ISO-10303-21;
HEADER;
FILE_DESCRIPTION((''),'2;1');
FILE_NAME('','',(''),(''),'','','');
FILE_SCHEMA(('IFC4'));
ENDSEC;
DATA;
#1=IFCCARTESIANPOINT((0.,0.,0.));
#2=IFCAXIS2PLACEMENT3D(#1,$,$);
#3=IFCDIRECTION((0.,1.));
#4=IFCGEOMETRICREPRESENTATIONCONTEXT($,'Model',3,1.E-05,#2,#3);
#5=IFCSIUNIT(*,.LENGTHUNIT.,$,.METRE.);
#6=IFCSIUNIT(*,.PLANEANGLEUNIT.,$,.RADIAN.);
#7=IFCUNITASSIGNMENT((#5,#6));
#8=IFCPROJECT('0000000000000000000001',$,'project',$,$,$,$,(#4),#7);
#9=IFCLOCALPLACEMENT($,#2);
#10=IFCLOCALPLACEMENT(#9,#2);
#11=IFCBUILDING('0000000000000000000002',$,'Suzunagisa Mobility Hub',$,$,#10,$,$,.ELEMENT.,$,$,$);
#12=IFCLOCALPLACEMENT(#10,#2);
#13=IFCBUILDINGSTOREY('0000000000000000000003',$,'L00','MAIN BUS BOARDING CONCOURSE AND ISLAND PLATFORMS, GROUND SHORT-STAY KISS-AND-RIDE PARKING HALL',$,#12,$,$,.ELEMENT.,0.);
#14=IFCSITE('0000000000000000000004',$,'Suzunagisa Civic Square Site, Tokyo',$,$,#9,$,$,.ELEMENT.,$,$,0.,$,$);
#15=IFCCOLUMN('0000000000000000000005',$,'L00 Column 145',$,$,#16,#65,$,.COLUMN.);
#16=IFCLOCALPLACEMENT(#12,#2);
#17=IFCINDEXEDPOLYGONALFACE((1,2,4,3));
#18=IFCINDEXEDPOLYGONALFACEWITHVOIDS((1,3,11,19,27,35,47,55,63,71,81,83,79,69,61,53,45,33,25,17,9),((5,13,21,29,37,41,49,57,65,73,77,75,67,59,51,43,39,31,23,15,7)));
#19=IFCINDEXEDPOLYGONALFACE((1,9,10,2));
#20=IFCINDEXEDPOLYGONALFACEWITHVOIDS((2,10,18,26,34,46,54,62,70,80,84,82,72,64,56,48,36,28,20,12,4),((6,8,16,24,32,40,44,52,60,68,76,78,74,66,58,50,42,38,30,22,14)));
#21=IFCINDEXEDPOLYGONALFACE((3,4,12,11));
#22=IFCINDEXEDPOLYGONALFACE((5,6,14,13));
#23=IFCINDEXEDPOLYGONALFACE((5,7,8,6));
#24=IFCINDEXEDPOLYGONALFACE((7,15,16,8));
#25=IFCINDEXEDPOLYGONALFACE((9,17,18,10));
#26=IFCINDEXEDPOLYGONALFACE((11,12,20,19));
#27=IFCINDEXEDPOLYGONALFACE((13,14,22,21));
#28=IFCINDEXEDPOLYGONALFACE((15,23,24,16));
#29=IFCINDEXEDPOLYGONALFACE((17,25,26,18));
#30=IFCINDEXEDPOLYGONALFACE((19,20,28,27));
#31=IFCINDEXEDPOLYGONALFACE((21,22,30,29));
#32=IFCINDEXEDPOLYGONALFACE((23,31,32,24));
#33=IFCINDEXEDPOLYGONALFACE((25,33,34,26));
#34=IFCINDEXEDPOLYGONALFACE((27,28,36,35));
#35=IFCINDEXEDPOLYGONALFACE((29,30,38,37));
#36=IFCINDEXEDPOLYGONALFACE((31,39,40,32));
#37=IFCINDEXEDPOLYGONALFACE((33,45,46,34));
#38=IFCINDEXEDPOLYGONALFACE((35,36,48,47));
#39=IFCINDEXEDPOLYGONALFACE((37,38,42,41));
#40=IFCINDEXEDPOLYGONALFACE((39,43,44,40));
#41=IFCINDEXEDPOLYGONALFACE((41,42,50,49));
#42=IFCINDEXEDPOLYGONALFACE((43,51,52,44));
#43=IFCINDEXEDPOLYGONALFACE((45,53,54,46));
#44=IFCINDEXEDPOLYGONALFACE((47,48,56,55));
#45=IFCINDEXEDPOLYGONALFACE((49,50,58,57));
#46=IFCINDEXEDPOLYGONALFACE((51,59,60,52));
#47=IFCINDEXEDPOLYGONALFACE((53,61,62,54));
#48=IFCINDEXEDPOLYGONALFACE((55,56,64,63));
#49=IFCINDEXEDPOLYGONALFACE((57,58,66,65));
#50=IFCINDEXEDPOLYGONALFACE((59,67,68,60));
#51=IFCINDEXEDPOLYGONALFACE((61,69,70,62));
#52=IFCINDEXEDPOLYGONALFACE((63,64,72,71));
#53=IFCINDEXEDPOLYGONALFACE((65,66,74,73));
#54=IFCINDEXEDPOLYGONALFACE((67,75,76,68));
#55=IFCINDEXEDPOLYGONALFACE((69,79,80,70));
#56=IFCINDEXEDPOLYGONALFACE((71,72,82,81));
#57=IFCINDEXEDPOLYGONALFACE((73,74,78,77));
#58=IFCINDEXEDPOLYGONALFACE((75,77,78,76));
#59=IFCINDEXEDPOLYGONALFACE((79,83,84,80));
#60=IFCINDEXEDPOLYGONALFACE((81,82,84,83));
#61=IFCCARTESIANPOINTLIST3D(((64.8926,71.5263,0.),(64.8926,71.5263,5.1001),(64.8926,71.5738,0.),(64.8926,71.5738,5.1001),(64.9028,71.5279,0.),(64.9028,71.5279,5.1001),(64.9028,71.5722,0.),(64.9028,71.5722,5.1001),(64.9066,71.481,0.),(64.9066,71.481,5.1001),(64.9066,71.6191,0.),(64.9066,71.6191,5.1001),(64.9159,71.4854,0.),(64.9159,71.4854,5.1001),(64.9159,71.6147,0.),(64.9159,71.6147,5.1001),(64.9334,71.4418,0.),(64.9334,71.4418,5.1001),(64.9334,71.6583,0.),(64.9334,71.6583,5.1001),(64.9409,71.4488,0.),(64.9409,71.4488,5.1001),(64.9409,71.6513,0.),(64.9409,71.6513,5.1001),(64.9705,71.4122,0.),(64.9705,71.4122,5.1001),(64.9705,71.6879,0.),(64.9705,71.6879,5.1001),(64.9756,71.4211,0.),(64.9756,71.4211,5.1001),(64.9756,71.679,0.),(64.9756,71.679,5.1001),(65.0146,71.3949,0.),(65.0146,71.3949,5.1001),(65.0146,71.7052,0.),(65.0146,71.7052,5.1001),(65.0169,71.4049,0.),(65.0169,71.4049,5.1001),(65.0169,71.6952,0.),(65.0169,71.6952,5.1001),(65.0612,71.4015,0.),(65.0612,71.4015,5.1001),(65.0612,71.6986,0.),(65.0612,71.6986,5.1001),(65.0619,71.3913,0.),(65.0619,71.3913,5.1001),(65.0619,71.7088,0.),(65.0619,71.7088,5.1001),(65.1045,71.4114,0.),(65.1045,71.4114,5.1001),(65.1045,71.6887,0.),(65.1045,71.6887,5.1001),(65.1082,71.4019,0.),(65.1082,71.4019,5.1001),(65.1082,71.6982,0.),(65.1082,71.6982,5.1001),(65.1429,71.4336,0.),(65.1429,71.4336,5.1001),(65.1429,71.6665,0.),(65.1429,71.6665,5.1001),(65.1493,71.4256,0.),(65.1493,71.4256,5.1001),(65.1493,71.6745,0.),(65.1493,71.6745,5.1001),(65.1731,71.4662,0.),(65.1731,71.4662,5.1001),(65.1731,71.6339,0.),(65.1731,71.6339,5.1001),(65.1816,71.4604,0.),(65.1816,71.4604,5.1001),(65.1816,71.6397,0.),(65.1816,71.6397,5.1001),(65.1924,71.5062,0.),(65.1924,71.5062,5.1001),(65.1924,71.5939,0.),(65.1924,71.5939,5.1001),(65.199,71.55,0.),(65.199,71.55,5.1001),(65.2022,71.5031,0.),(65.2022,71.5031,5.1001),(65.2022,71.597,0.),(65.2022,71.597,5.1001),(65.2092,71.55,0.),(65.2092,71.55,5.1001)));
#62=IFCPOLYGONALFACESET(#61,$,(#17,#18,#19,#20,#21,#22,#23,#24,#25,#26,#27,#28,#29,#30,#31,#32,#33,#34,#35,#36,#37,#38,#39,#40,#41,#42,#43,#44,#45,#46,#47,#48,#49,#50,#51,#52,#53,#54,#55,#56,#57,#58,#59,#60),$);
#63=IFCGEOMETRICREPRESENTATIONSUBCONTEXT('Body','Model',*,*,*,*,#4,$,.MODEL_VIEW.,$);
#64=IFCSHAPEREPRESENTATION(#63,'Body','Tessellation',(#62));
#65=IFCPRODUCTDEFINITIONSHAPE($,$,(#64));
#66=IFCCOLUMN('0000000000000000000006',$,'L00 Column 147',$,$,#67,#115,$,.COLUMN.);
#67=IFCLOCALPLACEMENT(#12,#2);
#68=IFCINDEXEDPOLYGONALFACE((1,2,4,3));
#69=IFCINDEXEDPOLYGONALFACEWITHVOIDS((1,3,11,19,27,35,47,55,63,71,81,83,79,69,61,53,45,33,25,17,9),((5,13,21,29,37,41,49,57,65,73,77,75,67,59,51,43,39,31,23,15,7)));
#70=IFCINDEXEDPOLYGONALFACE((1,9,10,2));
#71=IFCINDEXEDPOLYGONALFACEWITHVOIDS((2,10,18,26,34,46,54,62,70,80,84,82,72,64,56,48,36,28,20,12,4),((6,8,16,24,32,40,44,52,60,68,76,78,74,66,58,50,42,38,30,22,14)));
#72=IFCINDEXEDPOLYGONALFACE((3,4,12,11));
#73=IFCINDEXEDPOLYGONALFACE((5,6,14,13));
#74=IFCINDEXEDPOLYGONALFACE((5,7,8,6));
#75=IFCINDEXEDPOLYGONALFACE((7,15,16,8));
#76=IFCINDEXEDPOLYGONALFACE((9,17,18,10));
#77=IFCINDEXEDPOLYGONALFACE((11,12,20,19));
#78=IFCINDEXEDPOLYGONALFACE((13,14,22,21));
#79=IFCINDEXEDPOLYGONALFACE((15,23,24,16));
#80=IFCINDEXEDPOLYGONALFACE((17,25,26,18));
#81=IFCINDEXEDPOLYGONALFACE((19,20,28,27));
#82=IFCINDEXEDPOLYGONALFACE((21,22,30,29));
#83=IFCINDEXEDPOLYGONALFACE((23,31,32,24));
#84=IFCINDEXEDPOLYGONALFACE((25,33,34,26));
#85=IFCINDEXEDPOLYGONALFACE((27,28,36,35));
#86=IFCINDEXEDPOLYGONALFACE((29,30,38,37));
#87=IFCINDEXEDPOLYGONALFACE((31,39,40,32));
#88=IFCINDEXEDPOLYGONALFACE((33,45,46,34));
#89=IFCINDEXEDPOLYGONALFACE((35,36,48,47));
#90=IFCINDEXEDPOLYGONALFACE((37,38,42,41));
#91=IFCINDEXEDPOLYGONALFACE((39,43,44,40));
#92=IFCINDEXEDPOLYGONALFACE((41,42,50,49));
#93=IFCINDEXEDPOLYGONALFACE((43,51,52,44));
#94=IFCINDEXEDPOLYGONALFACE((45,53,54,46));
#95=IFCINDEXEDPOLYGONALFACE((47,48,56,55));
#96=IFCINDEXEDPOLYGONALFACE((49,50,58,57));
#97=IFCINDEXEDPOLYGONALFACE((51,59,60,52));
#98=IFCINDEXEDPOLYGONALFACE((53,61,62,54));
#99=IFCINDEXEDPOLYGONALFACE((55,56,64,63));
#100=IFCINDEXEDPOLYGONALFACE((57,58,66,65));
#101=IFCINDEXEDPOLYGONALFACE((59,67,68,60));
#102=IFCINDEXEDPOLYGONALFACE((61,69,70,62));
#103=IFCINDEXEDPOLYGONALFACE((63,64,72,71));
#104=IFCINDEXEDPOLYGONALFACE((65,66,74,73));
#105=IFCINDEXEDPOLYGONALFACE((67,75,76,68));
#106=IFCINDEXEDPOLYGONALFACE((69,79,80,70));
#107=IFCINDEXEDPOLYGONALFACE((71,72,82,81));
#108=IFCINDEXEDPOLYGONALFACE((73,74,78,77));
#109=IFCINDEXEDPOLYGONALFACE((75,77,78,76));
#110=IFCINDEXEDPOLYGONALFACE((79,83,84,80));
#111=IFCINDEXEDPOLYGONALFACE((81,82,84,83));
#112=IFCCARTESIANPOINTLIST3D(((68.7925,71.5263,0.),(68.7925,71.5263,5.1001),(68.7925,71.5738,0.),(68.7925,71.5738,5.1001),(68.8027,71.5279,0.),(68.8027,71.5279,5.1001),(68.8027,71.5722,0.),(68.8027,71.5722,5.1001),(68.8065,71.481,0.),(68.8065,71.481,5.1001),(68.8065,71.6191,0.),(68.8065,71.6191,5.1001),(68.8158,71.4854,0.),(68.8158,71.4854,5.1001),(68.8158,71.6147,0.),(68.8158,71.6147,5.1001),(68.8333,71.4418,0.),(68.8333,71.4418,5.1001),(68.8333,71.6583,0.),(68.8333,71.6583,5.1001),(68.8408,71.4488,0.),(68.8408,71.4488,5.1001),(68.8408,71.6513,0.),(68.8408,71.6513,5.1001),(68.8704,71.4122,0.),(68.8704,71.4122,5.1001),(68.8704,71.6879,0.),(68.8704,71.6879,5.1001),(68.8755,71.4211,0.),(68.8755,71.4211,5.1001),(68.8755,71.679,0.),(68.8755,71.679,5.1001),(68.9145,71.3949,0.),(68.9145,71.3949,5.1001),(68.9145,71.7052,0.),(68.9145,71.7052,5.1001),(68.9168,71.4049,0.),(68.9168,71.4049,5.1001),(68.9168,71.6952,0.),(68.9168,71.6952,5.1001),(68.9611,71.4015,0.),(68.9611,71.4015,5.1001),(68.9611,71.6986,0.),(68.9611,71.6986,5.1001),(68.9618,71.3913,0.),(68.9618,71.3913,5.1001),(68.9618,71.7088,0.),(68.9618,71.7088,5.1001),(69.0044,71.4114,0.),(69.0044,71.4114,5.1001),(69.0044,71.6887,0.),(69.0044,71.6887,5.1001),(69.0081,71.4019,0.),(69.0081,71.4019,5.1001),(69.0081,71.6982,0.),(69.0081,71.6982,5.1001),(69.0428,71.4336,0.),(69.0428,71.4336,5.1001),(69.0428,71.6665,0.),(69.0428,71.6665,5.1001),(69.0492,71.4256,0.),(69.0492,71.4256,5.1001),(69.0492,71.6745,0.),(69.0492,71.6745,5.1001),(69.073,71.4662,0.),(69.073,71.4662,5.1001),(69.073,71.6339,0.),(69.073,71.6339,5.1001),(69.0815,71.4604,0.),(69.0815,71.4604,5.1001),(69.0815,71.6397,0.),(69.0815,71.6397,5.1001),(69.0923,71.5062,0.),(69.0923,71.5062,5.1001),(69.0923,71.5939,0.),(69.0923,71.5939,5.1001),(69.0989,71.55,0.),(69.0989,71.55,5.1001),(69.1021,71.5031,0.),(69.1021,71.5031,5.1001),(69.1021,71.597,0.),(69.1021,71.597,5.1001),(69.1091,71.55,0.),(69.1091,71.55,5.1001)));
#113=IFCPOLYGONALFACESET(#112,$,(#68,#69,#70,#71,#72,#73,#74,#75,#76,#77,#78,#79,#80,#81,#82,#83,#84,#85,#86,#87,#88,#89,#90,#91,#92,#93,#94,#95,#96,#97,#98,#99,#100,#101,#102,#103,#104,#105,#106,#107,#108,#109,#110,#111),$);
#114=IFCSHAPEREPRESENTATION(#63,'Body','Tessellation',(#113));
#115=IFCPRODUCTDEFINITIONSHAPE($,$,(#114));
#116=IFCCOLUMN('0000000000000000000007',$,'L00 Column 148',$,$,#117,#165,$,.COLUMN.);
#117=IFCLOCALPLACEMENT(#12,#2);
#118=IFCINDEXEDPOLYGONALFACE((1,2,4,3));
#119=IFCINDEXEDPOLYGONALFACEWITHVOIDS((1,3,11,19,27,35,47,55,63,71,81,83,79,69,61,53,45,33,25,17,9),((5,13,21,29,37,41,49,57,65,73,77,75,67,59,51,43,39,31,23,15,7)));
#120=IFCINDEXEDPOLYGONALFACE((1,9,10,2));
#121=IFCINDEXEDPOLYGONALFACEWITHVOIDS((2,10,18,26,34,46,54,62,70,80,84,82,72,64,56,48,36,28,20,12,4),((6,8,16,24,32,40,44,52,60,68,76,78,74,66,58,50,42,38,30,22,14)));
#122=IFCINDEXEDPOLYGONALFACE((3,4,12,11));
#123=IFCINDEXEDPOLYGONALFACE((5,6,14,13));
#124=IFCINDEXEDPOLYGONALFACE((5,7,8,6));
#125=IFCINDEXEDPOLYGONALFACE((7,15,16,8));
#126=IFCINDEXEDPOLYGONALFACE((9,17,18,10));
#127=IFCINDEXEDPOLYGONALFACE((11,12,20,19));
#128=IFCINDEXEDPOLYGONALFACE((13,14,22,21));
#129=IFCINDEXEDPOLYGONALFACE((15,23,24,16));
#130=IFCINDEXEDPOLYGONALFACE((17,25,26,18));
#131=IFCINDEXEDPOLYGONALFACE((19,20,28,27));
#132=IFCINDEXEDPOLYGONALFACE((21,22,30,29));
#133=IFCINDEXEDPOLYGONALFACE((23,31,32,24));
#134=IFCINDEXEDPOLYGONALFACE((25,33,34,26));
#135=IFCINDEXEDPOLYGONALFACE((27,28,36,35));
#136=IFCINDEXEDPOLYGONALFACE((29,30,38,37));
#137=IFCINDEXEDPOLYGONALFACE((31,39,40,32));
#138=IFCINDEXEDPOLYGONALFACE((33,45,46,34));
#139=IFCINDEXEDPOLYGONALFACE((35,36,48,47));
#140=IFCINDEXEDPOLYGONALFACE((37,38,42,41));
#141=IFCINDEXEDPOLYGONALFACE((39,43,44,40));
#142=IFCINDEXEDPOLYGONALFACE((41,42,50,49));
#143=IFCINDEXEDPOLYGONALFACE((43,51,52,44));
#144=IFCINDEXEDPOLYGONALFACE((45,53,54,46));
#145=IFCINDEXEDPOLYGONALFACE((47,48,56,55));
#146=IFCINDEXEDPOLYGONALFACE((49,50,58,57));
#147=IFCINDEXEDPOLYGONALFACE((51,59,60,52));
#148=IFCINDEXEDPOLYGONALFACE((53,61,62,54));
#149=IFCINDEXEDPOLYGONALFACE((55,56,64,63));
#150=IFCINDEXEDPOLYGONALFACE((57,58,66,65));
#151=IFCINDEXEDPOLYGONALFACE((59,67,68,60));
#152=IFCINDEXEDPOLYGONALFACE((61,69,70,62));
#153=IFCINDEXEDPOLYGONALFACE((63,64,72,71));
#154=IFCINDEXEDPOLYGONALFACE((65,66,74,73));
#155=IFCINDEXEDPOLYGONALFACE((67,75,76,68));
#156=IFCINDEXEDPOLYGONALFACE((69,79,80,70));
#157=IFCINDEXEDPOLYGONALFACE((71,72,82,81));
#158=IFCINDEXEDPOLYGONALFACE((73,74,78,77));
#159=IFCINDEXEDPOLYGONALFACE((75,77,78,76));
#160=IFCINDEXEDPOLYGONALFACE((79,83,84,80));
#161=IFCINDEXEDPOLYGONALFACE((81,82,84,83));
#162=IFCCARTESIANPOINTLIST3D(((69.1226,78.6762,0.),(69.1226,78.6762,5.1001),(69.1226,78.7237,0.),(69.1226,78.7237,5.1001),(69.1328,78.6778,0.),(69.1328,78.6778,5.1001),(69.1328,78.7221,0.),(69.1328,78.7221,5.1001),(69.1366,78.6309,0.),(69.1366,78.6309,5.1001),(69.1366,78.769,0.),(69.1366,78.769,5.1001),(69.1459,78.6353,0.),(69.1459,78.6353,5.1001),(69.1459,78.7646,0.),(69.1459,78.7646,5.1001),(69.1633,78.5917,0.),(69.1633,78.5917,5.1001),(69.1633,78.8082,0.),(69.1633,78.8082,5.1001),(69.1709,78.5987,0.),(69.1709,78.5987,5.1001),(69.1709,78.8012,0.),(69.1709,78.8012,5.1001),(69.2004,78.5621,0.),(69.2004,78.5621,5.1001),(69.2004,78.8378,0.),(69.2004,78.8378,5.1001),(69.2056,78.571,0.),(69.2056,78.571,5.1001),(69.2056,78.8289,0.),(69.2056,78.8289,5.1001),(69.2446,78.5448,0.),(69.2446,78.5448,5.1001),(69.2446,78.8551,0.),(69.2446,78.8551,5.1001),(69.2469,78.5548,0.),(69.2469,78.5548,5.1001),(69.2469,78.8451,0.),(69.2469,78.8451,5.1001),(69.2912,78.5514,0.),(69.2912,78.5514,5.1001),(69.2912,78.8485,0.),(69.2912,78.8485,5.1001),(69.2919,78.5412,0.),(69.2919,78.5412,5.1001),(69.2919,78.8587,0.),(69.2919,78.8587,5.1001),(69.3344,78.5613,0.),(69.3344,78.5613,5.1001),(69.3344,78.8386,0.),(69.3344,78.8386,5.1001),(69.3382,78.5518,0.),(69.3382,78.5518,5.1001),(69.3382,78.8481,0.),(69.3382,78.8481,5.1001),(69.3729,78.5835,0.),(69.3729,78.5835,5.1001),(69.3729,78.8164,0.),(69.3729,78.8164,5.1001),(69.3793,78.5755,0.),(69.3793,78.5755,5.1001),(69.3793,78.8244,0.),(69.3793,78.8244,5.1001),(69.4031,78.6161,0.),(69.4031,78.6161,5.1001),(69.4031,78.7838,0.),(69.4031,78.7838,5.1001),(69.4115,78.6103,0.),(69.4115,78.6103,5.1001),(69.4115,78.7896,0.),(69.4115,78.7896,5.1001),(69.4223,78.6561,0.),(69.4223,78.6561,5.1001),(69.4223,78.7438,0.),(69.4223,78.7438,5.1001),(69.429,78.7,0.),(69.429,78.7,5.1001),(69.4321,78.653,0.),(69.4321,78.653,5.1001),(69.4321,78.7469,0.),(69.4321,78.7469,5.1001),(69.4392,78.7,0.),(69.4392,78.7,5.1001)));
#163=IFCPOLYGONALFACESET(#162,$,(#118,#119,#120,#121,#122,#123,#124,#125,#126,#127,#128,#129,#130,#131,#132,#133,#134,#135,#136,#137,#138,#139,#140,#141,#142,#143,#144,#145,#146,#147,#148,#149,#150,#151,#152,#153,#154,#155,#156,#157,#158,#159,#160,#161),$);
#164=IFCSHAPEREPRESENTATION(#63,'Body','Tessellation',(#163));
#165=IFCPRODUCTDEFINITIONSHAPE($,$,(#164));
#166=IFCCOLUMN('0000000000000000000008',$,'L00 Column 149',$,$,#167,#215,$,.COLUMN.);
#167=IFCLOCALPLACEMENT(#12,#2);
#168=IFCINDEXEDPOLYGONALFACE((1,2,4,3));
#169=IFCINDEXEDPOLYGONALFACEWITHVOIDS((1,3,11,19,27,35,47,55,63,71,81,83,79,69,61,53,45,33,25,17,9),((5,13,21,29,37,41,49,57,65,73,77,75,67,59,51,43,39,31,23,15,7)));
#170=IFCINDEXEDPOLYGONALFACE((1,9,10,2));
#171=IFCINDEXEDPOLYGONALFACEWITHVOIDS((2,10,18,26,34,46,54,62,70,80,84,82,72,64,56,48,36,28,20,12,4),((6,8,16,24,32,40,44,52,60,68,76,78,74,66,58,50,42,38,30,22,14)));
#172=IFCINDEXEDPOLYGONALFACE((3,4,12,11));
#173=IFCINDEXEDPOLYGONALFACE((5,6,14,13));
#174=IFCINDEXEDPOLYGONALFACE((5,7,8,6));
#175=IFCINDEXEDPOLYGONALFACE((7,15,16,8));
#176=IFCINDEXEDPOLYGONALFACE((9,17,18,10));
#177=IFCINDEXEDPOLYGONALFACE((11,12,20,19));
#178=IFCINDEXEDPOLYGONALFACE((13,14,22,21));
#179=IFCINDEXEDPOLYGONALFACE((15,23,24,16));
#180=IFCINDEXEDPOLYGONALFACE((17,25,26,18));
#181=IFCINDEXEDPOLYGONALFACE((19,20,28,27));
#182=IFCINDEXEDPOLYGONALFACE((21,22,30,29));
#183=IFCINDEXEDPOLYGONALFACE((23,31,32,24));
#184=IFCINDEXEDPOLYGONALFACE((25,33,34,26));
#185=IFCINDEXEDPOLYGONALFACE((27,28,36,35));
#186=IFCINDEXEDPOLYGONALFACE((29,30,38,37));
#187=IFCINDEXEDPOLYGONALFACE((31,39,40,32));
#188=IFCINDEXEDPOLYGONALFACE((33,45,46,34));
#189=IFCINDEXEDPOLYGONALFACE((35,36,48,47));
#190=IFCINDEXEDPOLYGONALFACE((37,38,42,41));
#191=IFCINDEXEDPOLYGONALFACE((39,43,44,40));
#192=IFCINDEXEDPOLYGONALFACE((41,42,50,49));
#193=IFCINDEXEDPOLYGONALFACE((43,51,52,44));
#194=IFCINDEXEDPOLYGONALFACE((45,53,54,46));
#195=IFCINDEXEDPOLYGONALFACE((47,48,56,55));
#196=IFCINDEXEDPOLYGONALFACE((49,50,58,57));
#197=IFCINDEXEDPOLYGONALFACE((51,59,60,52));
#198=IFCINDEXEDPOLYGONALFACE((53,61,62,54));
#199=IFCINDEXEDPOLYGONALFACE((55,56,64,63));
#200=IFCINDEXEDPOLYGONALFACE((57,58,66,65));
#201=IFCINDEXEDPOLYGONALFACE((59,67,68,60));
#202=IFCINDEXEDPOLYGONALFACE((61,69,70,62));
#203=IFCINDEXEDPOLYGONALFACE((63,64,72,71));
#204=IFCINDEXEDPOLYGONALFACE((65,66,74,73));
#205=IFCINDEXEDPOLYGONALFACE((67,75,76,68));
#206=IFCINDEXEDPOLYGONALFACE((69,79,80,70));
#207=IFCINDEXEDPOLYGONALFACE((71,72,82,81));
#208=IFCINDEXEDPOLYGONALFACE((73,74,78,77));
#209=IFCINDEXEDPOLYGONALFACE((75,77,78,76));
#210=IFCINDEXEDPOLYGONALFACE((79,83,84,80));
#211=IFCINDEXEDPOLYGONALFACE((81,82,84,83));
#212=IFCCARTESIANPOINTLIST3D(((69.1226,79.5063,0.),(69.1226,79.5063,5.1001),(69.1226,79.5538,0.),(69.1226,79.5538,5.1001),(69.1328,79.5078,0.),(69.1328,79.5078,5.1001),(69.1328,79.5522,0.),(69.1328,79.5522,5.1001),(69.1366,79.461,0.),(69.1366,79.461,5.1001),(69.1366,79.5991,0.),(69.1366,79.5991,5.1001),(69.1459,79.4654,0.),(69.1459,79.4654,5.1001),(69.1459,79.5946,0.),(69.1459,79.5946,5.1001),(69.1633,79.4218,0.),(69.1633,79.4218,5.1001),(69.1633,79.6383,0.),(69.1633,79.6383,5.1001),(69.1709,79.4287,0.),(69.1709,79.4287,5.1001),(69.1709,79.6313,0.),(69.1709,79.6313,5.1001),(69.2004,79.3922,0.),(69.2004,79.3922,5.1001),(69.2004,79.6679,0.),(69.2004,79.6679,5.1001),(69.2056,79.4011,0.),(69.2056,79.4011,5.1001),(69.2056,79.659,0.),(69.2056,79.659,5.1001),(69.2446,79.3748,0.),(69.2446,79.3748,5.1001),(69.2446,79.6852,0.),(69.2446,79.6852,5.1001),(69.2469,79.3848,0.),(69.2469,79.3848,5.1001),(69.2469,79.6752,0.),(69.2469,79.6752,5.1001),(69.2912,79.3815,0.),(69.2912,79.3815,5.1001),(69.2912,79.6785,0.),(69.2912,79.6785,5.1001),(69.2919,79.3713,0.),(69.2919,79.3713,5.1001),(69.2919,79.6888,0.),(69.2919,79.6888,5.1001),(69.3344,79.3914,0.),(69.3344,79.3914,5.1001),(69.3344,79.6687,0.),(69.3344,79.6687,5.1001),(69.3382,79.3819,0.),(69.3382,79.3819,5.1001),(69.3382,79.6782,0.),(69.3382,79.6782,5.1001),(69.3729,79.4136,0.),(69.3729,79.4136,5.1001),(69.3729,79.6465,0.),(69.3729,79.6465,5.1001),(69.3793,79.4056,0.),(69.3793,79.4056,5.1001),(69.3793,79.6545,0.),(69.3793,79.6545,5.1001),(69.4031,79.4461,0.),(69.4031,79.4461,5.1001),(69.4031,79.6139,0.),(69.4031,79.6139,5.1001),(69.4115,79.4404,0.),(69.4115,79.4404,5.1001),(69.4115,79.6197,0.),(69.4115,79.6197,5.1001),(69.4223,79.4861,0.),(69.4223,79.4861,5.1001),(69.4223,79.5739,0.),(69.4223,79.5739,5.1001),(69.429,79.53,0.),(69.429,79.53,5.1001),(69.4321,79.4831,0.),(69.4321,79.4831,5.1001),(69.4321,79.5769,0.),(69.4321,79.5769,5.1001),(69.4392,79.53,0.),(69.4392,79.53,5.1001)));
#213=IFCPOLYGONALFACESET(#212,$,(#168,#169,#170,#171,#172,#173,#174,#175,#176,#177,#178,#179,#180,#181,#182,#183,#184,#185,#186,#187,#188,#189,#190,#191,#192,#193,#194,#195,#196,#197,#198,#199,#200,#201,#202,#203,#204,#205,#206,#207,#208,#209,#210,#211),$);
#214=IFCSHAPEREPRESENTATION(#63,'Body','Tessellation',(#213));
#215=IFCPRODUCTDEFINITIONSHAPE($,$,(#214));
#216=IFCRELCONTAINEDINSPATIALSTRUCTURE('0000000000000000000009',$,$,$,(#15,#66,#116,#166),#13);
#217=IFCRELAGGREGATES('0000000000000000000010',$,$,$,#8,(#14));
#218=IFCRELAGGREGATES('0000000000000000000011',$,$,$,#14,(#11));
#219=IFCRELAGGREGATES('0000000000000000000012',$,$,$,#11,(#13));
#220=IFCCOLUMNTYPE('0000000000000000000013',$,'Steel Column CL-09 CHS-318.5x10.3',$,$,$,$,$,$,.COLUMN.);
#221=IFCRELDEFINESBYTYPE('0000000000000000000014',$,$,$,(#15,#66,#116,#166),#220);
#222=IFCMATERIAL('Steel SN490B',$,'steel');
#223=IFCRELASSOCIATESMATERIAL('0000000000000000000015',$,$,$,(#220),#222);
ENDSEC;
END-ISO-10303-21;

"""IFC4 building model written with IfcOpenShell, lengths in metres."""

from ifc_helpers import new_model, si_unit, direction, frame, origin, origin_2d, place, context, subcontext, project, spatial, hollow_circle, extrude, material, material_profile, profile_set, type_object, element, save


model = new_model("IFC4")

# Units and contexts
model_context = context("Model", 3, precision=1e-05, world=origin(), true_north=direction((0.0, 1.0)))
body_context = subcontext(model_context, "Body", "Model", "MODEL_VIEW")
ifc_project = project(units=[si_unit("LENGTHUNIT", "METRE"), si_unit("PLANEANGLEUNIT", "RADIAN")], contexts=[model_context])

# Site, building, storey
site_placement = place(None, origin())
site = spatial("IfcSite", under=ifc_project, at=site_placement, Name="Suzunagisa Civic Square Site, Tokyo", CompositionType="ELEMENT", RefElevation=0.0)
building_placement = place(site_placement, origin())
building = spatial("IfcBuilding", under=site, at=building_placement, Name="Suzunagisa Mobility Hub", CompositionType="ELEMENT")
storey_placement = place(building_placement, origin())
storey = spatial("IfcBuildingStorey", under=building, at=storey_placement, Name="L00", Description="MAIN BUS BOARDING CONCOURSE AND ISLAND PLATFORMS, GROUND SHORT-STAY KISS-AND-RIDE PARKING HALL", CompositionType="ELEMENT", Elevation=0.0)

# Columns
ifc_material_1 = material(Name="Steel SN490B", Category="steel")
ifc_material_profile_1 = material_profile(ifc_material_1, hollow_circle(Radius=0.1592, WallThickness=0.0103, at=origin_2d()), Name="CHS-318.5x10.3")
ifc_profile_set_1 = profile_set([ifc_material_profile_1], Name="Steel SN490B")
column_type = type_object("IfcColumnType", Name="Steel Column CL-09 CHS-318.5x10.3", PredefinedType="COLUMN", material=ifc_profile_set_1)
for number, where, z_axis, x_axis, name in (
    (1, (65.05, 71.55, 0.0), (0.0, 0.0, 1.0), (1.0, 0.0, 0.0), "L00 Column 145"),
    (2, (68.95, 71.55, 0.0), (0.0, 0.0, 1.0), (1.0, 0.0, 0.0), "L00 Column 147"),
    (3, (69.28, 78.7, 0.0), (0.0, 0.0, 1.0), (1.0, 0.0, 0.0), "L00 Column 148"),
    (4, (69.28, 79.53, 0.0), (0.0, 0.0, 1.0), (1.0, 0.0, 0.0), "L00 Column 149"),
):
    element("IfcColumn", number, at=place(storey_placement, frame(where, z_axis=z_axis, x_axis=x_axis)), inside=storey, type_object=column_type, Name=name, PredefinedType="COLUMN", context=body_context, shape_type="SweptSolid", body=[
        extrude(hollow_circle(Radius=0.1592, WallThickness=0.0103, at=origin_2d()), origin(), (0.0, 0.0, 1.0), 5.1001),
    ])

save(model, "model.ifc")
